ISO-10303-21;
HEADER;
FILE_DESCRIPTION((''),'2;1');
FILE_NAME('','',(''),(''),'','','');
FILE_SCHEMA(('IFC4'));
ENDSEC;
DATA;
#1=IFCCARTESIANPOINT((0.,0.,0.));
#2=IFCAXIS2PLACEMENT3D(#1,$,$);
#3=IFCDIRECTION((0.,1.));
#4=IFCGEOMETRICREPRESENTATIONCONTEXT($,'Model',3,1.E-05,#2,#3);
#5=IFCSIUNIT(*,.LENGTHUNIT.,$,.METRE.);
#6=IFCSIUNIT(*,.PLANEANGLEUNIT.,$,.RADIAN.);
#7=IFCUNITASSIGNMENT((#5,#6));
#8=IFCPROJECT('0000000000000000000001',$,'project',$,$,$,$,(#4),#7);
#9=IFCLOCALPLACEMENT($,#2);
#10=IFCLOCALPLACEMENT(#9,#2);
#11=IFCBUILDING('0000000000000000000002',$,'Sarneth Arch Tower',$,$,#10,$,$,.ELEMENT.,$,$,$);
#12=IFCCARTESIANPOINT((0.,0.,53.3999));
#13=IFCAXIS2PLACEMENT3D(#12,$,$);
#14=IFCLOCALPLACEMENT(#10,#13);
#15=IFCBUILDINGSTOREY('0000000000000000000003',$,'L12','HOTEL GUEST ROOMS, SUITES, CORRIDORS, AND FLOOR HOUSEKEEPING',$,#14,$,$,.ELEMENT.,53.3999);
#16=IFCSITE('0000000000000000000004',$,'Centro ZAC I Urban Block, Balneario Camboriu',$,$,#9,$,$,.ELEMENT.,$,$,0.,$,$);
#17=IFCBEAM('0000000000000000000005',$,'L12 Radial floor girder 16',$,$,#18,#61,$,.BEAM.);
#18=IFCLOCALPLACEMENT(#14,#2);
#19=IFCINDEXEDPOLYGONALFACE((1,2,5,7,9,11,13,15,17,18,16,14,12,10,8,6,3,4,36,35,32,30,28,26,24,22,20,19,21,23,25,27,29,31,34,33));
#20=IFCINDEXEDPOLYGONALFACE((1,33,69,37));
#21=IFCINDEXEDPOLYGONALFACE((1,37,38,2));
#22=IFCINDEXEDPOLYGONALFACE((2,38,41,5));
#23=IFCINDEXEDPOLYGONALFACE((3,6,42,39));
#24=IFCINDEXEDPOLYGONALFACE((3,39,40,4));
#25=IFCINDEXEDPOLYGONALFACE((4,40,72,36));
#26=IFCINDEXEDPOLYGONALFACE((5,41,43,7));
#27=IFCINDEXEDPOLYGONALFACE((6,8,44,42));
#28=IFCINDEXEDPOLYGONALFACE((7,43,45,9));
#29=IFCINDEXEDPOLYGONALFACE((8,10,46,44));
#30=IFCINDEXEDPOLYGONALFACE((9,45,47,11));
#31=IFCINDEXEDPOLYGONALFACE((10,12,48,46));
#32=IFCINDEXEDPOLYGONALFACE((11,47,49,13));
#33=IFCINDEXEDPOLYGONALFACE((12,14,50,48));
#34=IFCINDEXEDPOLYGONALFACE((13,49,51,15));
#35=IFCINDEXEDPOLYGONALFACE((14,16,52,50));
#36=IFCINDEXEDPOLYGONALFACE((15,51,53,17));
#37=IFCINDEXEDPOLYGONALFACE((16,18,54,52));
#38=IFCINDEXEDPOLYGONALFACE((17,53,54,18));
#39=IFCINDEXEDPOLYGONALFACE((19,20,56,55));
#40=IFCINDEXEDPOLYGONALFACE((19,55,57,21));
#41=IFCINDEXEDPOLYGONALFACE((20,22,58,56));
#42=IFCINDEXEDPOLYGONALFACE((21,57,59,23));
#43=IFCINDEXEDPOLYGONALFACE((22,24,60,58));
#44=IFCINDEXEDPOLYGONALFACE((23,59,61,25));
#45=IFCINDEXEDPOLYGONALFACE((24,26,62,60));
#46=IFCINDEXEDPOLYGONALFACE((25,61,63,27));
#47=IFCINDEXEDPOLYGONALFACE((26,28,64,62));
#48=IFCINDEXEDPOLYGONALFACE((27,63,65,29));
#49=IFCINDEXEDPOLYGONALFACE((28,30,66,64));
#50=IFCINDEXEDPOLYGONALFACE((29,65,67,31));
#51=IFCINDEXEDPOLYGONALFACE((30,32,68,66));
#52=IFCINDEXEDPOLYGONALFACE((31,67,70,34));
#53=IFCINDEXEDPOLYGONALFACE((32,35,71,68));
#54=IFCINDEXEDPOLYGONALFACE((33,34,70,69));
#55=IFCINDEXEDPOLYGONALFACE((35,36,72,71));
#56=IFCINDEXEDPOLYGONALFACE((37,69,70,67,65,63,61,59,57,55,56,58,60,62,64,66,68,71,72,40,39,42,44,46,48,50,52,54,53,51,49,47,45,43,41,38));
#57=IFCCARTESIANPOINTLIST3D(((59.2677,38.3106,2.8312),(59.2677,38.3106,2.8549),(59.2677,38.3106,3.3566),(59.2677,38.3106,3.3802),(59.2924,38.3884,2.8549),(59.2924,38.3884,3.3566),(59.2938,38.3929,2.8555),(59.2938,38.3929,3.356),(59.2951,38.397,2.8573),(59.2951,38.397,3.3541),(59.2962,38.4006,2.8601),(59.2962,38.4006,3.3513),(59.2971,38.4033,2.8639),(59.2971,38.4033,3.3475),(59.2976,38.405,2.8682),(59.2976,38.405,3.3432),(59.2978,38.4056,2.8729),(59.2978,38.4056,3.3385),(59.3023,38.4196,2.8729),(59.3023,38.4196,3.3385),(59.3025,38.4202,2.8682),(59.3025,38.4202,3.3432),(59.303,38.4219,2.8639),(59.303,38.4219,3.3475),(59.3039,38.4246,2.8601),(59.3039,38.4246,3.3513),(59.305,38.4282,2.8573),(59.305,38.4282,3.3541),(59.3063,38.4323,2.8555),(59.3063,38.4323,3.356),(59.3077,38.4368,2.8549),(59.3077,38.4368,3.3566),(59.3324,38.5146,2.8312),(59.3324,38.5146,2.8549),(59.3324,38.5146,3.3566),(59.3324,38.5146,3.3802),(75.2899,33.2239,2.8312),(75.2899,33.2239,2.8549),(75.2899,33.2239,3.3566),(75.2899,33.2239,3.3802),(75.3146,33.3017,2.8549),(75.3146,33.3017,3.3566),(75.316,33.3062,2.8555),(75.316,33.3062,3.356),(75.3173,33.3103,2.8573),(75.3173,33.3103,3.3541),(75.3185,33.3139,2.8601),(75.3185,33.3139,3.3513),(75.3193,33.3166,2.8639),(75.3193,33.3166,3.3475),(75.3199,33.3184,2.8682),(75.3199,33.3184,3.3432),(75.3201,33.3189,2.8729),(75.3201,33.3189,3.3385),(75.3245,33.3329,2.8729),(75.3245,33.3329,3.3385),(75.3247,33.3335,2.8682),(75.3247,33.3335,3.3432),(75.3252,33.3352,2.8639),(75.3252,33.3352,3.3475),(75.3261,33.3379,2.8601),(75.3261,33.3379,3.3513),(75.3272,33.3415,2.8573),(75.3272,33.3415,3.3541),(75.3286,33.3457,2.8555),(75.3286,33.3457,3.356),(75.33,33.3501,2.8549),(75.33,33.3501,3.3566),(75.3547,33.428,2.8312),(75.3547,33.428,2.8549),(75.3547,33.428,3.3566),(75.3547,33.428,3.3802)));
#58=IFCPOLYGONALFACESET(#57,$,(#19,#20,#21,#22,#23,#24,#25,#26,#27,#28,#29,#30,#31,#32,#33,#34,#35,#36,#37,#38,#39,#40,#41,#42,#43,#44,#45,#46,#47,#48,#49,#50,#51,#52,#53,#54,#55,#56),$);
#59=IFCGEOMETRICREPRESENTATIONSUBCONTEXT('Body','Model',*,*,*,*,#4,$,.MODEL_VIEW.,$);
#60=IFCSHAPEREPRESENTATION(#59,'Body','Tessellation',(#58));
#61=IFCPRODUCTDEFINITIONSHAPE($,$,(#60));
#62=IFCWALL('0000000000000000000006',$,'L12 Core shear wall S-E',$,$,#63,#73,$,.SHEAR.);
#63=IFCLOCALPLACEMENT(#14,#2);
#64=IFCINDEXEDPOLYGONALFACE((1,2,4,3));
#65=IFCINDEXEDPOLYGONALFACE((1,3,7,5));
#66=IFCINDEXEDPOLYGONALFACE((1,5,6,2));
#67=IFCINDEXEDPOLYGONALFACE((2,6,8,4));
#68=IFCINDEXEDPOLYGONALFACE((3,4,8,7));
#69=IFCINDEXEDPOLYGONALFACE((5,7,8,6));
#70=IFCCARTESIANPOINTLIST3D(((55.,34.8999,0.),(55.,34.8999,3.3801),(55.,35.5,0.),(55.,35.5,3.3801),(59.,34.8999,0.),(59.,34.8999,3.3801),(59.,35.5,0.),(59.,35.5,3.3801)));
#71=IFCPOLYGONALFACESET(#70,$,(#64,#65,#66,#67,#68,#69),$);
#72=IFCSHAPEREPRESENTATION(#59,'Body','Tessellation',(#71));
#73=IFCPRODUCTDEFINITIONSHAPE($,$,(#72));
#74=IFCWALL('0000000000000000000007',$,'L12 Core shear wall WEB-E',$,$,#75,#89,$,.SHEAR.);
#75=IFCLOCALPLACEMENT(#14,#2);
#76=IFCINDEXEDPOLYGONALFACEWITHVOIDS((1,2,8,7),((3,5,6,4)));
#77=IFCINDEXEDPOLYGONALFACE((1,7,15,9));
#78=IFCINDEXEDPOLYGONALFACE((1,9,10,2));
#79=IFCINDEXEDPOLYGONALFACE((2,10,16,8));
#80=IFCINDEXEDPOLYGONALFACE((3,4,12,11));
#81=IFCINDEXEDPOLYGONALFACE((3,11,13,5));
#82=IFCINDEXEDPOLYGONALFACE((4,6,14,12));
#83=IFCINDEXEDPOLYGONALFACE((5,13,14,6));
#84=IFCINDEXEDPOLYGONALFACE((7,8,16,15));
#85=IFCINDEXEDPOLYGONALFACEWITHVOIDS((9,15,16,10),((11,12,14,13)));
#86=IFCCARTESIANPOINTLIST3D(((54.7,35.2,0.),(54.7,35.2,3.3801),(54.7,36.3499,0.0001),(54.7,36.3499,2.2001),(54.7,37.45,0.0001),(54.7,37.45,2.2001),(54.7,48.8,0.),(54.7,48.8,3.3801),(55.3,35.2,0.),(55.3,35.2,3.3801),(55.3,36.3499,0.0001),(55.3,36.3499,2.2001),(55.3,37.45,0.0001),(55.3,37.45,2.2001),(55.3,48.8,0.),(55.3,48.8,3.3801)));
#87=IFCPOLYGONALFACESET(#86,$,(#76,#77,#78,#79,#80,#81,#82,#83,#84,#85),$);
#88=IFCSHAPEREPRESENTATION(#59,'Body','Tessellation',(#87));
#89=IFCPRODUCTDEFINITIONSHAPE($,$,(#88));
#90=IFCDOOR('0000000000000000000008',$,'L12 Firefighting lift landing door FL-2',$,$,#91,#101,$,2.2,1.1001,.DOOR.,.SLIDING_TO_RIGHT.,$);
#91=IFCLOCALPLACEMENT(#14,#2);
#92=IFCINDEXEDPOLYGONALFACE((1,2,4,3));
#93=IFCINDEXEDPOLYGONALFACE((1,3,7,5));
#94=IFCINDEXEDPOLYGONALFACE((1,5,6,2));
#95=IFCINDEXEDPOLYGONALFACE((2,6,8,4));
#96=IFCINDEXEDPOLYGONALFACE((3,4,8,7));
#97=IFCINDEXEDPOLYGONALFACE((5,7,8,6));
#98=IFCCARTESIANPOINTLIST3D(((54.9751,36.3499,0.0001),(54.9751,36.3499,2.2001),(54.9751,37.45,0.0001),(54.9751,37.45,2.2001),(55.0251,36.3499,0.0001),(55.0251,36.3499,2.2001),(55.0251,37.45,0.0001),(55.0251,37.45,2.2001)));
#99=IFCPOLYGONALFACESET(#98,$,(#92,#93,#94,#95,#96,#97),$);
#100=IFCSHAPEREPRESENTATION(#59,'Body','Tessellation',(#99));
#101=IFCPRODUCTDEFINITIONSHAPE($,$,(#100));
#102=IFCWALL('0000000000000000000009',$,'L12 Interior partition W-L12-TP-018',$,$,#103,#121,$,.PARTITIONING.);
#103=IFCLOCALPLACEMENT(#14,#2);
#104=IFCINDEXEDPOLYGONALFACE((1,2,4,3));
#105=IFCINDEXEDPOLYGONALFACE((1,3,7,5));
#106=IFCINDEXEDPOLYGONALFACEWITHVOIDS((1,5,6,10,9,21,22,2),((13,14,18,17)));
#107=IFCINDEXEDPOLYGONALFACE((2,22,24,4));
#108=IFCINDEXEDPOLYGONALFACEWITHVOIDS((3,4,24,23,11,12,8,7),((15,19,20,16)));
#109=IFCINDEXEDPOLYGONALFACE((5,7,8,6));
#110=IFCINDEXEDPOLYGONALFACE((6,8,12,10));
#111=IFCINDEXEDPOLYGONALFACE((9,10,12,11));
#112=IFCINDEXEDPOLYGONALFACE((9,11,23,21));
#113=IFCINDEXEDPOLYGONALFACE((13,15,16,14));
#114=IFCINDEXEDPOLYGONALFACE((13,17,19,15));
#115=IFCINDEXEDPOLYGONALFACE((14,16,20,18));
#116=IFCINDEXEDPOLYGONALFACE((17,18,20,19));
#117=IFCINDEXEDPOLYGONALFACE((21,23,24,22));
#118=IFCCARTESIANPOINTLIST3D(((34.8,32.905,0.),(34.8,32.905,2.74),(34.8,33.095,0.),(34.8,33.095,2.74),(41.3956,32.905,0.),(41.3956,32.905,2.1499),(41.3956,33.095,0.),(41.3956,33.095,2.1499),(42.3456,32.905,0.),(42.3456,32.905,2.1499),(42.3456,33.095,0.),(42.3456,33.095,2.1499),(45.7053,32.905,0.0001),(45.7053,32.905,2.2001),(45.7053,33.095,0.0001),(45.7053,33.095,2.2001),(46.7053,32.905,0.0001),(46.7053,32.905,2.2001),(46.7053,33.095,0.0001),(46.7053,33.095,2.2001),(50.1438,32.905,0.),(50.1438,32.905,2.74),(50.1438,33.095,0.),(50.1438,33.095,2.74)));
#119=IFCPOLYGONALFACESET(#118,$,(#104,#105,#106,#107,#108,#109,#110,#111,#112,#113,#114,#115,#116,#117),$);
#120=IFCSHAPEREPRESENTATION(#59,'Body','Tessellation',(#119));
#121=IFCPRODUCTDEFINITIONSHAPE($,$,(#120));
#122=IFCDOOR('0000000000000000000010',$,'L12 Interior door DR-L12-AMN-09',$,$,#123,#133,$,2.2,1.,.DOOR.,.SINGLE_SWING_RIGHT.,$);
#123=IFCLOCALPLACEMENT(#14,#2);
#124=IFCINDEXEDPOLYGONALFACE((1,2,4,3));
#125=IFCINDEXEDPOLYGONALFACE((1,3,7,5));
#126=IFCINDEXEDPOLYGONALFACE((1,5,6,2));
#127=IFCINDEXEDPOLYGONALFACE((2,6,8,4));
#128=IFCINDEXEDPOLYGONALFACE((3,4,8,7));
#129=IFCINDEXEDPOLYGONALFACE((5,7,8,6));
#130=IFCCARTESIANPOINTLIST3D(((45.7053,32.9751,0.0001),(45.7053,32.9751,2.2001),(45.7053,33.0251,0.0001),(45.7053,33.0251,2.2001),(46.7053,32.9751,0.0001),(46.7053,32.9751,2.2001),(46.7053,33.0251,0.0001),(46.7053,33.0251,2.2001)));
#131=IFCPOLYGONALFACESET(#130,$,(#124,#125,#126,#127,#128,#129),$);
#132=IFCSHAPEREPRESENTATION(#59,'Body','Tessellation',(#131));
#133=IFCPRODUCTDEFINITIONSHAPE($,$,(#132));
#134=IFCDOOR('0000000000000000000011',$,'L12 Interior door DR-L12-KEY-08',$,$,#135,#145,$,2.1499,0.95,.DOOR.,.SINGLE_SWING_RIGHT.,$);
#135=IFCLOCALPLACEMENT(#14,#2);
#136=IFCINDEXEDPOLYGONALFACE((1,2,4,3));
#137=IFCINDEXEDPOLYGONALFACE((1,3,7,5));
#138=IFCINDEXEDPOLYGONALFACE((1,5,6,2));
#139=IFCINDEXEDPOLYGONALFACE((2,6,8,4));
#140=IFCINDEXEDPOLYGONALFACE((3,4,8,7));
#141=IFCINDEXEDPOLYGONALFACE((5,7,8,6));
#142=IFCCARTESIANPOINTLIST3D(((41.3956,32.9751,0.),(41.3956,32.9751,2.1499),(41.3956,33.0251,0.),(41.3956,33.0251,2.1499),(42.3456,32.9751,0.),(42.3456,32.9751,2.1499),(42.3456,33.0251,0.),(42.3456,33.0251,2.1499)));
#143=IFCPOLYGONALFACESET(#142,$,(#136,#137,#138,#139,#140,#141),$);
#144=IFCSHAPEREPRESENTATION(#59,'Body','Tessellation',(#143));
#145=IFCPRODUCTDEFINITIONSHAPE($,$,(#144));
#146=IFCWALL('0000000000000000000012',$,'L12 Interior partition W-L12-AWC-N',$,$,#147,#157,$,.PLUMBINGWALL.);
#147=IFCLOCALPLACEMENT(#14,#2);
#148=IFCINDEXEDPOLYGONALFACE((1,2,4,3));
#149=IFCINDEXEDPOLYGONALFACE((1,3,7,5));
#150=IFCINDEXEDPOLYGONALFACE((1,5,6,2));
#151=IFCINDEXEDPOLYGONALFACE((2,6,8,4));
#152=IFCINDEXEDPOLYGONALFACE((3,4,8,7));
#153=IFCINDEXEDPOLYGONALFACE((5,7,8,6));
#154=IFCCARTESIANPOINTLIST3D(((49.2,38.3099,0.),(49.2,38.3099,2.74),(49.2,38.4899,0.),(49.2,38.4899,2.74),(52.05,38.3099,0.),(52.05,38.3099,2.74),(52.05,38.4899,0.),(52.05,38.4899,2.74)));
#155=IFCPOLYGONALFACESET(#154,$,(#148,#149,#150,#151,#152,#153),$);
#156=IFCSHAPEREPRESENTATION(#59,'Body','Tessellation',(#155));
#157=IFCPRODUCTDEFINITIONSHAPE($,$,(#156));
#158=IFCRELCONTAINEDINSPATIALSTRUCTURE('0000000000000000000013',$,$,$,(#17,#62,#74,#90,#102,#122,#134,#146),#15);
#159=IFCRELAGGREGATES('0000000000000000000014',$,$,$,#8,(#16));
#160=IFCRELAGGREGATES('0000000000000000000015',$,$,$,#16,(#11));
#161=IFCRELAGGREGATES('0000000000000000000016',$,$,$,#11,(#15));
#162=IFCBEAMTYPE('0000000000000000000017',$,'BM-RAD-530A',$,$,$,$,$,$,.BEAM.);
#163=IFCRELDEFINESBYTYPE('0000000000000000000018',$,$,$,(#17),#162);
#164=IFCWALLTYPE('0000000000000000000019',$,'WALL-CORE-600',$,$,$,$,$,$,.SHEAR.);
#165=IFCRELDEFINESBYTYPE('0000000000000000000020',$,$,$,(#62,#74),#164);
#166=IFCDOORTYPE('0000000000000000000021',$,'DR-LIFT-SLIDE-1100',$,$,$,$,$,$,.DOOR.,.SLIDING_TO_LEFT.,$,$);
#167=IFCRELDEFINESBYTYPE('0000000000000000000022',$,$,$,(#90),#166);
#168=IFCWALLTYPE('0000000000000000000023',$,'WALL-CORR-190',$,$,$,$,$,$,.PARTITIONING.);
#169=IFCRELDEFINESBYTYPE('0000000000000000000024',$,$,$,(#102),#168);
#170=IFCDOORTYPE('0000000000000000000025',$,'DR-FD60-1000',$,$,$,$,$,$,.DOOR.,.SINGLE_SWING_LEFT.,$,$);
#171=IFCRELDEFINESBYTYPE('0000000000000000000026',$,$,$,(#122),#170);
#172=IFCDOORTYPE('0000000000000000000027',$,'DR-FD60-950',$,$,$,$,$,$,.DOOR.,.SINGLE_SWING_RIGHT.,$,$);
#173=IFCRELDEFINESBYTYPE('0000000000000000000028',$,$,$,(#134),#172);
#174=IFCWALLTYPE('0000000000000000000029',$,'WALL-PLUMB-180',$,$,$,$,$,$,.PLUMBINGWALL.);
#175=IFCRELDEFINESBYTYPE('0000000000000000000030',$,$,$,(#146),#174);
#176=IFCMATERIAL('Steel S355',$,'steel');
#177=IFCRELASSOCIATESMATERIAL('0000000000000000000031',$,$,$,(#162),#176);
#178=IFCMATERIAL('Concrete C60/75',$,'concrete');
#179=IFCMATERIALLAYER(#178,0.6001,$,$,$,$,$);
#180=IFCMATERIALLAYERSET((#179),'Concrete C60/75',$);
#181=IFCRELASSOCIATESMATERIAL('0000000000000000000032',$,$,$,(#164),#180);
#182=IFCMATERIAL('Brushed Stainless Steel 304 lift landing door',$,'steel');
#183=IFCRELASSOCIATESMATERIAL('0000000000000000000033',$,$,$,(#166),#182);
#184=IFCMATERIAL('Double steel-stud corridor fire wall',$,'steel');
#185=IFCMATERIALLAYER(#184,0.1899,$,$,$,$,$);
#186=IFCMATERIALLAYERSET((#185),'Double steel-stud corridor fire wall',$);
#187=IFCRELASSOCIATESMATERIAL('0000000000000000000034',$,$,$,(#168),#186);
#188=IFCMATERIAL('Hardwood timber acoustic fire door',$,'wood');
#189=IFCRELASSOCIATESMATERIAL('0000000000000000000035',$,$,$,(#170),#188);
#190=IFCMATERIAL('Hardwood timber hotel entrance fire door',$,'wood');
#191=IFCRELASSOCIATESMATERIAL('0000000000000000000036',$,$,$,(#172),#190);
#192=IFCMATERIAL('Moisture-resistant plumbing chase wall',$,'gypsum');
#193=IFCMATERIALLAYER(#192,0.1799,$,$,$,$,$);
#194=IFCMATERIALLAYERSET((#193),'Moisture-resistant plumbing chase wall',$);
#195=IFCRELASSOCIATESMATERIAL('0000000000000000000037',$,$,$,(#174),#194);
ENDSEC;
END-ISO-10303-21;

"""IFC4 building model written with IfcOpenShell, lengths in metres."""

from ifc_helpers import new_model, si_unit, direction, frame, frame_2d, origin, origin_2d, place, context, subcontext, project, spatial, rectangle, i_section, extrude, material, layer, layer_set, material_profile, profile_set, type_object, element, fill, save


model = new_model("IFC4")

# Units and contexts
model_context = context("Model", 3, precision=1e-05, world=origin(), true_north=direction((0.0, 1.0)))
body_context = subcontext(model_context, "Body", "Model", "MODEL_VIEW")
ifc_project = project(units=[si_unit("LENGTHUNIT", "METRE"), si_unit("PLANEANGLEUNIT", "RADIAN")], contexts=[model_context])

# Site, building, storey
site_placement = place(None, origin())
site = spatial("IfcSite", under=ifc_project, at=site_placement, Name="Centro ZAC I Urban Block, Balneario Camboriu", CompositionType="ELEMENT", RefElevation=0.0)
building_placement = place(site_placement, origin())
building = spatial("IfcBuilding", under=site, at=building_placement, Name="Sarneth Arch Tower", CompositionType="ELEMENT")
storey_placement = place(building_placement, frame((0.0, 0.0, 53.3999)))
storey = spatial("IfcBuildingStorey", under=building, at=storey_placement, Name="L12", Description="HOTEL GUEST ROOMS, SUITES, CORRIDORS, AND FLOOR HOUSEKEEPING", CompositionType="ELEMENT", Elevation=53.3999)

# Beam
ifc_material_1 = material(Name="Steel S355", Category="steel")
ifc_material_profile_1 = material_profile(ifc_material_1, i_section(OverallWidth=0.2141, OverallDepth=0.5491, WebThickness=0.0146, FlangeThickness=0.0237, FilletRadius=0.0181, at=origin_2d()), Name="W530x138")
ifc_profile_set_1 = profile_set([ifc_material_profile_1], Name="Steel S355")
beam_type_1 = type_object("IfcBeamType", Name="BM-RAD-530A", PredefinedType="BEAM", material=ifc_profile_set_1)
beam_1_placement = place(storey_placement, frame((59.3, 38.4126, 3.1057), z_axis=(0.95312, -0.302593, 0.0), x_axis=(0.302593, 0.95312, 0.0)))
element("IfcBeam", 1, at=beam_1_placement, inside=storey, type_object=beam_type_1, Name="L12 Radial floor girder 16", PredefinedType="BEAM", context=body_context, shape_type="SweptSolid", body=[
    extrude(i_section(OverallWidth=0.2141, OverallDepth=0.5491, WebThickness=0.0146, FlangeThickness=0.0237, FilletRadius=0.0181, at=origin_2d()), origin(), (0.0, 0.0, 1.0), 16.8103),
])

# Wall
ifc_material_2 = material(Name="Concrete C60/75", Category="concrete")
ifc_layer_1 = layer(ifc_material_2, 0.6001)
ifc_layer_set_1 = layer_set([ifc_layer_1], Name="Concrete C60/75")
wall_type_1 = type_object("IfcWallType", Name="WALL-CORE-600", PredefinedType="SHEAR", material=ifc_layer_set_1)
wall_1_placement = place(storey_placement, frame((55.0, 35.2, 0.0), z_axis=(0.0, 0.0, 1.0), x_axis=(1.0, 0.0, 0.0)))
element("IfcWall", 2, at=wall_1_placement, inside=storey, type_object=wall_type_1, Name="L12 Core shear wall S-E", PredefinedType="SHEAR", context=body_context, shape_type="SweptSolid", body=[
    extrude(rectangle(XDim=4.0, YDim=0.6001, at=frame_2d((2.0, 0.0))), origin(), (0.0, 0.0, 1.0), 3.3801),
])

# Wall, opening, door
wall_2_placement = place(storey_placement, frame((55.0, 35.2, 0.0), z_axis=(0.0, 0.0, 1.0), x_axis=(0.0, 1.0, 0.0)))
wall_2 = element("IfcWall", 3, at=wall_2_placement, inside=storey, type_object=wall_type_1, Name="L12 Core shear wall WEB-E", PredefinedType="SHEAR", context=body_context, shape_type="SweptSolid", body=[
    extrude(rectangle(XDim=13.6001, YDim=0.6001, at=frame_2d((6.8, 0.0))), origin(), (0.0, 0.0, 1.0), 3.3801),
])
opening_1_placement = place(wall_2_placement, frame((1.1499, 0.0, 0.0)))
opening_1 = element("IfcOpeningElement", 4, at=opening_1_placement, cuts=wall_2, PredefinedType="OPENING", context=body_context, shape_type="SweptSolid", body=[
    extrude(rectangle(XDim=1.1001, YDim=2.2, at=frame_2d((0.55, 1.1001))), frame((0.0, 0.3101, 0.0), z_axis=(0.0, -1.0, 0.0), x_axis=(1.0, 0.0, 0.0)), (0.0, 0.0, 1.0), 0.6201),
])
ifc_material_3 = material(Name="Brushed Stainless Steel 304 lift landing door", Category="steel")
door_type_1 = type_object("IfcDoorType", Name="DR-LIFT-SLIDE-1100", OperationType="SLIDING_TO_LEFT", PredefinedType="DOOR", material=ifc_material_3)
door_1_placement = place(opening_1_placement, origin())
door_1 = element("IfcDoor", 5, at=door_1_placement, inside=storey, type_object=door_type_1, Name="L12 Firefighting lift landing door FL-2", OperationType="SLIDING_TO_RIGHT", OverallHeight=2.2, OverallWidth=1.1001, PredefinedType="DOOR", context=body_context, shape_type="SweptSolid", body=[
    extrude(rectangle(XDim=1.1001, YDim=2.2, at=frame_2d((0.55, 1.1001))), frame((0.0, 0.0249, 0.0), z_axis=(0.0, -1.0, 0.0), x_axis=(1.0, 0.0, 0.0)), (0.0, 0.0, 1.0), 0.05),
])
fill(opening_1, door_1)

# Wall, openings, doors
ifc_material_4 = material(Name="Double steel-stud corridor fire wall", Category="steel")
ifc_layer_2 = layer(ifc_material_4, 0.1899)
ifc_layer_set_2 = layer_set([ifc_layer_2], Name="Double steel-stud corridor fire wall")
wall_type_2 = type_object("IfcWallType", Name="WALL-CORR-190", PredefinedType="PARTITIONING", material=ifc_layer_set_2)
wall_3_placement = place(storey_placement, frame((50.1438, 33.0, 0.0), z_axis=(0.0, 0.0, 1.0), x_axis=(-1.0, 0.0, 0.0)))
wall_3 = element("IfcWall", 6, at=wall_3_placement, inside=storey, type_object=wall_type_2, Name="L12 Interior partition W-L12-TP-018", PredefinedType="PARTITIONING", context=body_context, shape_type="SweptSolid", body=[
    extrude(rectangle(XDim=15.3438, YDim=0.1899, at=frame_2d((7.6719, 0.0))), origin(), (0.0, 0.0, 1.0), 2.74),
])
opening_2_placement = place(wall_3_placement, frame((3.4385, 0.0, 0.0)))
opening_2 = element("IfcOpeningElement", 7, at=opening_2_placement, cuts=wall_3, PredefinedType="OPENING", context=body_context, shape_type="SweptSolid", body=[
    extrude(rectangle(XDim=1.0, YDim=2.2, at=frame_2d((0.5, 1.1001))), frame((0.0, 0.105, 0.0), z_axis=(0.0, -1.0, 0.0), x_axis=(1.0, 0.0, 0.0)), (0.0, 0.0, 1.0), 0.21),
])
opening_3_placement = place(wall_3_placement, frame((7.7981, 0.0, 0.0)))
opening_3 = element("IfcOpeningElement", 8, at=opening_3_placement, cuts=wall_3, PredefinedType="OPENING", context=body_context, shape_type="SweptSolid", body=[
    extrude(rectangle(XDim=0.95, YDim=2.1499, at=frame_2d((0.4751, 1.075))), frame((0.0, 0.105, 0.0), z_axis=(0.0, -1.0, 0.0), x_axis=(1.0, 0.0, 0.0)), (0.0, 0.0, 1.0), 0.21),
])
ifc_material_5 = material(Name="Hardwood timber acoustic fire door", Category="wood")
door_type_2 = type_object("IfcDoorType", Name="DR-FD60-1000", OperationType="SINGLE_SWING_LEFT", PredefinedType="DOOR", material=ifc_material_5)
door_2_placement = place(opening_2_placement, origin())
door_2 = element("IfcDoor", 9, at=door_2_placement, inside=storey, type_object=door_type_2, Name="L12 Interior door DR-L12-AMN-09", OperationType="SINGLE_SWING_RIGHT", OverallHeight=2.2, OverallWidth=1.0, PredefinedType="DOOR", context=body_context, shape_type="SweptSolid", body=[
    extrude(rectangle(XDim=1.0, YDim=2.2, at=frame_2d((0.5, 1.1001))), frame((0.0, 0.0249, 0.0), z_axis=(0.0, -1.0, 0.0), x_axis=(1.0, 0.0, 0.0)), (0.0, 0.0, 1.0), 0.05),
])
fill(opening_2, door_2)
ifc_material_6 = material(Name="Hardwood timber hotel entrance fire door", Category="wood")
door_type_3 = type_object("IfcDoorType", Name="DR-FD60-950", OperationType="SINGLE_SWING_RIGHT", PredefinedType="DOOR", material=ifc_material_6)
door_3_placement = place(opening_3_placement, origin())
door_3 = element("IfcDoor", 10, at=door_3_placement, inside=storey, type_object=door_type_3, Name="L12 Interior door DR-L12-KEY-08", OperationType="SINGLE_SWING_RIGHT", OverallHeight=2.1499, OverallWidth=0.95, PredefinedType="DOOR", context=body_context, shape_type="SweptSolid", body=[
    extrude(rectangle(XDim=0.95, YDim=2.1499, at=frame_2d((0.4751, 1.075))), frame((0.0, 0.0249, 0.0), z_axis=(0.0, -1.0, 0.0), x_axis=(1.0, 0.0, 0.0)), (0.0, 0.0, 1.0), 0.05),
])
fill(opening_3, door_3)

# Wall
ifc_material_7 = material(Name="Moisture-resistant plumbing chase wall", Category="gypsum")
ifc_layer_3 = layer(ifc_material_7, 0.1799)
ifc_layer_set_3 = layer_set([ifc_layer_3], Name="Moisture-resistant plumbing chase wall")
wall_type_3 = type_object("IfcWallType", Name="WALL-PLUMB-180", PredefinedType="PLUMBINGWALL", material=ifc_layer_set_3)
wall_4_placement = place(storey_placement, frame((49.2, 38.3999, 0.0), z_axis=(0.0, 0.0, 1.0), x_axis=(1.0, 0.0, 0.0)))
element("IfcWall", 11, at=wall_4_placement, inside=storey, type_object=wall_type_3, Name="L12 Interior partition W-L12-AWC-N", PredefinedType="PLUMBINGWALL", context=body_context, shape_type="SweptSolid", body=[
    extrude(rectangle(XDim=2.8501, YDim=0.1799, at=frame_2d((1.425, 0.0))), origin(), (0.0, 0.0, 1.0), 2.74),
])

save(model, "model.ifc")
